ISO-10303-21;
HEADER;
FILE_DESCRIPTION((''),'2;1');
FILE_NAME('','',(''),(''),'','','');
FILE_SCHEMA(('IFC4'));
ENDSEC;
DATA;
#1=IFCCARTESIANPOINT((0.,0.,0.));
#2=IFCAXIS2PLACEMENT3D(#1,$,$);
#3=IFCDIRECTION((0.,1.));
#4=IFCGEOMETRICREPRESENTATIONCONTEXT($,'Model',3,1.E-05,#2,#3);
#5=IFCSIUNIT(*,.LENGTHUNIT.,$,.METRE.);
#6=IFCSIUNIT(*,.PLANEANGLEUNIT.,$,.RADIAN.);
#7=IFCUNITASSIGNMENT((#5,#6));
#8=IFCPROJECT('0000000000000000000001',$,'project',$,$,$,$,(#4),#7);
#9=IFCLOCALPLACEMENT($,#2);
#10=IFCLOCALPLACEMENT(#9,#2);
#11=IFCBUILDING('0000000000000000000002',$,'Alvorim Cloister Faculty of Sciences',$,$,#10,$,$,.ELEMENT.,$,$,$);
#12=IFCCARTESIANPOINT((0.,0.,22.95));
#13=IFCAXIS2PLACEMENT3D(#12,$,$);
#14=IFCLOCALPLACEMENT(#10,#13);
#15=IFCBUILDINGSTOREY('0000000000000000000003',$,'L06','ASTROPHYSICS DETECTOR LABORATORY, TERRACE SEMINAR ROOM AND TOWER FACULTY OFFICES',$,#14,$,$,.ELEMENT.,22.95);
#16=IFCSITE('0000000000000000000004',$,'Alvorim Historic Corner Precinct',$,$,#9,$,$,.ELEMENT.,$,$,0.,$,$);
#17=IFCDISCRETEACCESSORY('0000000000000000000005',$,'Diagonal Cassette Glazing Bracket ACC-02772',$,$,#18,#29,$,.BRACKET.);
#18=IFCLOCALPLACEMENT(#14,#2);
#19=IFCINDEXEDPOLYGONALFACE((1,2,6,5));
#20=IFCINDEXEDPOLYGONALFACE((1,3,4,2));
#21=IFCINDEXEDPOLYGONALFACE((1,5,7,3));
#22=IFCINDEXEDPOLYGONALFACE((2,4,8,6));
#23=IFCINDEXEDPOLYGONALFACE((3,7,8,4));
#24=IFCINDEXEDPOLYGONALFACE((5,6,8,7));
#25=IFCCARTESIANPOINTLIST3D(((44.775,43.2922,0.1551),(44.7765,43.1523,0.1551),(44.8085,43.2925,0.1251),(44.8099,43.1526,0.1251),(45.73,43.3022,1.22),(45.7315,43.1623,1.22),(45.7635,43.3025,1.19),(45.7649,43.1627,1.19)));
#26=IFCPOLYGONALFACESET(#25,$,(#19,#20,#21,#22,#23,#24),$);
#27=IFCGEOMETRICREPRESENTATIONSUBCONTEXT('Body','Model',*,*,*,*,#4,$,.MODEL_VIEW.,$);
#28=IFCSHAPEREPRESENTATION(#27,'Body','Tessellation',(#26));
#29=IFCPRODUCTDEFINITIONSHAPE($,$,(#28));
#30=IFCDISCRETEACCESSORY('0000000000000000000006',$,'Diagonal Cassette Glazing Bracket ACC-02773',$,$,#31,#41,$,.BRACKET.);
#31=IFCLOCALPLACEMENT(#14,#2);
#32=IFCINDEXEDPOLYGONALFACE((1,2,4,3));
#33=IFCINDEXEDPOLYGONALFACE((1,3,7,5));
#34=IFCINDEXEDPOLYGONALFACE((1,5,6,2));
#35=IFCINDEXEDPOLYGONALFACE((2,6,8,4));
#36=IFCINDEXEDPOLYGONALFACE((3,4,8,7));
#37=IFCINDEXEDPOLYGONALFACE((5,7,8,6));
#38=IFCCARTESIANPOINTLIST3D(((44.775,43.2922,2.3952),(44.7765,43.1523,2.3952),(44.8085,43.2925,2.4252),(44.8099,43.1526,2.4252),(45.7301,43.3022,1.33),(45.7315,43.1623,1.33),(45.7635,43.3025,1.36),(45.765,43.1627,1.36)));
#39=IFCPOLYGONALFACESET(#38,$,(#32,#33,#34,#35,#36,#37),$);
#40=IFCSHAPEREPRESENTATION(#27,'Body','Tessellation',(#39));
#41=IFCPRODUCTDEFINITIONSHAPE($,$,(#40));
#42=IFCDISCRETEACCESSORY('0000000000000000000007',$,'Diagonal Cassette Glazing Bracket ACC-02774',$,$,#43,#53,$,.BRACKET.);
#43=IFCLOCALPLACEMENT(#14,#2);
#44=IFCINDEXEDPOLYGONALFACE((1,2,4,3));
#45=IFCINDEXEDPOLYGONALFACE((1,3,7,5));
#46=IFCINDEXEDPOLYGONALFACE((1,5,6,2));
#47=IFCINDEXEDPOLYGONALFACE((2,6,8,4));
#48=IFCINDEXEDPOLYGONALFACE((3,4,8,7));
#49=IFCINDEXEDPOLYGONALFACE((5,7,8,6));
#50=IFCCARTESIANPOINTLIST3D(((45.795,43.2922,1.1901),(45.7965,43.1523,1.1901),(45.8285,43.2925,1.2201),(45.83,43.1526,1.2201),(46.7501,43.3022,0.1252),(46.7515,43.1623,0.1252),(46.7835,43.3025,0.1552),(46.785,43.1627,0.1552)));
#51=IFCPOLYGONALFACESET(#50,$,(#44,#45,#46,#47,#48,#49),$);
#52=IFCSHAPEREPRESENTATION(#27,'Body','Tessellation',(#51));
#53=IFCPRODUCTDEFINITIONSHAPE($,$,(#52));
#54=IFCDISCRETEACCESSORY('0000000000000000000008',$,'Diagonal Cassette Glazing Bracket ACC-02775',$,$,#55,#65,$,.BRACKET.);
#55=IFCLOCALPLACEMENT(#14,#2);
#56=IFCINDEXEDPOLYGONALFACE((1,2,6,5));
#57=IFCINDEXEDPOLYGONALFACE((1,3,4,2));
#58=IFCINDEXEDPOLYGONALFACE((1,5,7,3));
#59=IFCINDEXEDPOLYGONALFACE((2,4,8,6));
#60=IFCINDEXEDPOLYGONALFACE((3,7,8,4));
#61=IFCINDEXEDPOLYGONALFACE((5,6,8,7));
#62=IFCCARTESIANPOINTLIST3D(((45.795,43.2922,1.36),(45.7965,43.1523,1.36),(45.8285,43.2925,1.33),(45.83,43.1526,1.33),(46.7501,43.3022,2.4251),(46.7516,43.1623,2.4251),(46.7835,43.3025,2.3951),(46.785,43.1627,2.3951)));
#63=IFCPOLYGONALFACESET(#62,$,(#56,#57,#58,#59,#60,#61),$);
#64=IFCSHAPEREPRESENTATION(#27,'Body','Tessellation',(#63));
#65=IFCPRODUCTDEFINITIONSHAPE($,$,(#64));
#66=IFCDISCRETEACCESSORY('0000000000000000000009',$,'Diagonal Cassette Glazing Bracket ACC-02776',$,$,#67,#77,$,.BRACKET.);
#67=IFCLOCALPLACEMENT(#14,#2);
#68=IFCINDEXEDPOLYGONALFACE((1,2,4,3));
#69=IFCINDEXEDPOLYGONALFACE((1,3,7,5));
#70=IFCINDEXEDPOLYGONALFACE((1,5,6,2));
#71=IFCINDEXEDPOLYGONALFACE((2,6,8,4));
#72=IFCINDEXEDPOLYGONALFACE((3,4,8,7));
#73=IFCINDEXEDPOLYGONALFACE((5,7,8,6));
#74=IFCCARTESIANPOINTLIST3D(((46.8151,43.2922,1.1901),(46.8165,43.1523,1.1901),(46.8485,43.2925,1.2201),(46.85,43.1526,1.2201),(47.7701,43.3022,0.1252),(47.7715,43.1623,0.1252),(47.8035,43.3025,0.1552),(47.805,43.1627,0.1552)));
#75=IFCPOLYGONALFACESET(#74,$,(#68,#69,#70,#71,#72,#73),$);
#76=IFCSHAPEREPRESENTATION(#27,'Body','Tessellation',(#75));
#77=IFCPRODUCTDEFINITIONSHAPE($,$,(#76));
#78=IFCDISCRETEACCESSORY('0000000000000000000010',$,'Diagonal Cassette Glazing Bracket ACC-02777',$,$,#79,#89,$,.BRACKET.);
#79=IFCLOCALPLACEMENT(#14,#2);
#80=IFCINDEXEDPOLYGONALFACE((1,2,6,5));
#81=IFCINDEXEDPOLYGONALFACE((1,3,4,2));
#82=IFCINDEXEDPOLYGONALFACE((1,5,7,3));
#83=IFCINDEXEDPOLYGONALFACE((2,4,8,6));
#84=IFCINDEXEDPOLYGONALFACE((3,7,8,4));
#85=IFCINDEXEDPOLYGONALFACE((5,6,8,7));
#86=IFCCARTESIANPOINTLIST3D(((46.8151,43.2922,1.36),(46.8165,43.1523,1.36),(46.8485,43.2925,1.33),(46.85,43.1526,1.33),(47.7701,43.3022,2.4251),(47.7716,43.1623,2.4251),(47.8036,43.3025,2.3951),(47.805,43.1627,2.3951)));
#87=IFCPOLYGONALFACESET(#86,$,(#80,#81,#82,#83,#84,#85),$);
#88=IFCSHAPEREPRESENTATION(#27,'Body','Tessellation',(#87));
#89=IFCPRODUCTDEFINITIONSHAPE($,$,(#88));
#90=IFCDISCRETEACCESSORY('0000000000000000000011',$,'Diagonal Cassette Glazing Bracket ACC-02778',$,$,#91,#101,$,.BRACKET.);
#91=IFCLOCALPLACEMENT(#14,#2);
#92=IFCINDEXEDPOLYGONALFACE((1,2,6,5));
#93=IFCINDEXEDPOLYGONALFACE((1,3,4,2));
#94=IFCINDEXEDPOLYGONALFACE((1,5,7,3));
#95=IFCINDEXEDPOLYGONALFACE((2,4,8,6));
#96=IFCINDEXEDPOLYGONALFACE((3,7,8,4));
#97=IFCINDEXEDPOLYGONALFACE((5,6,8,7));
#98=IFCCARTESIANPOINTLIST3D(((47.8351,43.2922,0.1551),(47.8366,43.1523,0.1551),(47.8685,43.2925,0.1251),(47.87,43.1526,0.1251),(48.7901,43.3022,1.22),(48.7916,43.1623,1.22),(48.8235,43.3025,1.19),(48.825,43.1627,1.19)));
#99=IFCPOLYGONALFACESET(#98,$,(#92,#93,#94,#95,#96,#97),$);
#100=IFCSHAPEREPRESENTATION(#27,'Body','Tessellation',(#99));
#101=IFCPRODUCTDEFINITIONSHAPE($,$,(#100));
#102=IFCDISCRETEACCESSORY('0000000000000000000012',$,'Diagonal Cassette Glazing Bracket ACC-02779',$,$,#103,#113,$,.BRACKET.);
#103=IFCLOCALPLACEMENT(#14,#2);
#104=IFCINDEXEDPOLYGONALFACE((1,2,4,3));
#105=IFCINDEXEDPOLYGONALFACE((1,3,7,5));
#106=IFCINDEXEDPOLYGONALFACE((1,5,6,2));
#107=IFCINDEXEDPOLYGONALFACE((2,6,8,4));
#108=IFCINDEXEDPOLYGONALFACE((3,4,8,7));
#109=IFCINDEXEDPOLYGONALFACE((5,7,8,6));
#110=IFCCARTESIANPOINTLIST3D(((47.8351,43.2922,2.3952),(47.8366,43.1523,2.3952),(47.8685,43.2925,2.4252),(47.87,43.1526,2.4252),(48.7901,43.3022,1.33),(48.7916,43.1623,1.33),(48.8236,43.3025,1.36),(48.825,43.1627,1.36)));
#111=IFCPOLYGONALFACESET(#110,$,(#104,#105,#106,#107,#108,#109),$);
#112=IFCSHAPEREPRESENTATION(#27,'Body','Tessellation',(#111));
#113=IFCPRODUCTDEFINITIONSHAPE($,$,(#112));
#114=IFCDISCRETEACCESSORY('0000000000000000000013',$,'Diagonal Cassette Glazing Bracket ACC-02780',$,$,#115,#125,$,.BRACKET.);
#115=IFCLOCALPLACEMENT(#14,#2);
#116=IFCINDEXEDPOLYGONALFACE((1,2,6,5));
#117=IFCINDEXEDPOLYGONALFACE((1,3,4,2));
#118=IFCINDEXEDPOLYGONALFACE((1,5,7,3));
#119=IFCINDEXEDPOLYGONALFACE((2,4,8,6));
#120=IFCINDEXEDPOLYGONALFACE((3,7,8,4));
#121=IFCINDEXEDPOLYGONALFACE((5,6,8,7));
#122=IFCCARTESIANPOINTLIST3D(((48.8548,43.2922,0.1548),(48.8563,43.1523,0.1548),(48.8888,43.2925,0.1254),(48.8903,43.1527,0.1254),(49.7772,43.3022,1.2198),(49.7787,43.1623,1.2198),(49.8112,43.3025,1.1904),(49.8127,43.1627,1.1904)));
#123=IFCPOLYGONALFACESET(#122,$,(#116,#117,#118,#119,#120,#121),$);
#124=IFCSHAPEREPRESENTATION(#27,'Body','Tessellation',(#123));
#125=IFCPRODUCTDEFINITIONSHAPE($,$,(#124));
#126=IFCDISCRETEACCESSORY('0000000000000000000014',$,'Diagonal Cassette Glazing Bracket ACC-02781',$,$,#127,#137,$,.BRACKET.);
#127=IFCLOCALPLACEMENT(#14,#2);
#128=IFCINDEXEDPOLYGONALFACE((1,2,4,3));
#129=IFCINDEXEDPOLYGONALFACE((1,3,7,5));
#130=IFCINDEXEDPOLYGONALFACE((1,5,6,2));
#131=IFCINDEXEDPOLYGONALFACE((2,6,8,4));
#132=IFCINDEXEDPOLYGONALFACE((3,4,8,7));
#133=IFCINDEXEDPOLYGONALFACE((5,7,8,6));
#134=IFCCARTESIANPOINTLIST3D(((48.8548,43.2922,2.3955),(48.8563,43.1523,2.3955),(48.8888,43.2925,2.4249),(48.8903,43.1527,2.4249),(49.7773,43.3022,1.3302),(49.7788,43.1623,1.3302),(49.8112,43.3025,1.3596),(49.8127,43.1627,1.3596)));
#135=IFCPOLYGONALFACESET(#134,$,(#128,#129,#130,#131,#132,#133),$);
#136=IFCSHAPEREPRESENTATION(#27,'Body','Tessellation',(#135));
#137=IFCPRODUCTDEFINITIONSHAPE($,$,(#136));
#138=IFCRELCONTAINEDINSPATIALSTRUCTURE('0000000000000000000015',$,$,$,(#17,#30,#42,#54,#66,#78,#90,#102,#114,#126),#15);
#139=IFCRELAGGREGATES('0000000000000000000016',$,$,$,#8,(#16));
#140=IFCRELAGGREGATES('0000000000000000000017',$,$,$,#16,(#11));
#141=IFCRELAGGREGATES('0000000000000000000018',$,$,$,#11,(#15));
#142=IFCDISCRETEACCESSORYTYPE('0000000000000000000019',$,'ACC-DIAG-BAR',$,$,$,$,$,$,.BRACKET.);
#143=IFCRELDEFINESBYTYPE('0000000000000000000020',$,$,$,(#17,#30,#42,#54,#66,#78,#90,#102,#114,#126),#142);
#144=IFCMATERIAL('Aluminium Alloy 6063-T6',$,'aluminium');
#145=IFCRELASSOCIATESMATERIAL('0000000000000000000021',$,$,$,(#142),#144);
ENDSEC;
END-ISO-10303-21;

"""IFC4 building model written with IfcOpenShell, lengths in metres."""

from ifc_helpers import new_model, si_unit, direction, frame, origin, origin_2d, place, context, subcontext, project, spatial, rectangle, extrude, material, type_object, element, save


model = new_model("IFC4")

# Units and contexts
model_context = context("Model", 3, precision=1e-05, world=origin(), true_north=direction((0.0, 1.0)))
body_context = subcontext(model_context, "Body", "Model", "MODEL_VIEW")
ifc_project = project(units=[si_unit("LENGTHUNIT", "METRE"), si_unit("PLANEANGLEUNIT", "RADIAN")], contexts=[model_context])

# Site, building, storey
site_placement = place(None, origin())
site = spatial("IfcSite", under=ifc_project, at=site_placement, Name="Alvorim Historic Corner Precinct", CompositionType="ELEMENT", RefElevation=0.0)
building_placement = place(site_placement, origin())
building = spatial("IfcBuilding", under=site, at=building_placement, Name="Alvorim Cloister Faculty of Sciences", CompositionType="ELEMENT")
storey_placement = place(building_placement, frame((0.0, 0.0, 22.95)))
storey = spatial("IfcBuildingStorey", under=building, at=storey_placement, Name="L06", Description="ASTROPHYSICS DETECTOR LABORATORY, TERRACE SEMINAR ROOM AND TOWER FACULTY OFFICES", CompositionType="ELEMENT", Elevation=22.95)

# Shared definitions
ifc_material_1 = material(Name="Aluminium Alloy 6063-T6", Category="aluminium")

# Discrete accessories
discrete_accessory_type = type_object("IfcDiscreteAccessoryType", Name="ACC-DIAG-BAR", PredefinedType="BRACKET", material=ifc_material_1)
discrete_accessory_1_placement = place(storey_placement, frame((44.7925, 43.2224, 0.1401), z_axis=(0.667646, 0.006997, 0.744446), x_axis=(-0.01048, 0.999945, 0.0)))
element("IfcDiscreteAccessory", 1, at=discrete_accessory_1_placement, inside=storey, type_object=discrete_accessory_type, Name="Diagonal Cassette Glazing Bracket ACC-02772", PredefinedType="BRACKET", context=body_context, shape_type="SweptSolid", body=[
    extrude(rectangle(XDim=0.1399, YDim=0.0449, at=origin_2d()), origin(), (0.0, 0.0, 1.0), 1.4304),
])
discrete_accessory_2_placement = place(storey_placement, frame((44.7925, 43.2224, 2.4102), z_axis=(0.667561, 0.006996, -0.744522), x_axis=(-0.01048, 0.999945, 0.0)))
element("IfcDiscreteAccessory", 2, at=discrete_accessory_2_placement, inside=storey, type_object=discrete_accessory_type, Name="Diagonal Cassette Glazing Bracket ACC-02773", PredefinedType="BRACKET", context=body_context, shape_type="SweptSolid", body=[
    extrude(rectangle(XDim=0.1399, YDim=0.0449, at=origin_2d()), origin(), (0.0, 0.0, 1.0), 1.4307),
])
discrete_accessory_3_placement = place(storey_placement, frame((45.8125, 43.2224, 1.2051), z_axis=(0.667646, 0.006997, -0.744446), x_axis=(-0.01048, 0.999945, 0.0)))
element("IfcDiscreteAccessory", 3, at=discrete_accessory_3_placement, inside=storey, type_object=discrete_accessory_type, Name="Diagonal Cassette Glazing Bracket ACC-02774", PredefinedType="BRACKET", context=body_context, shape_type="SweptSolid", body=[
    extrude(rectangle(XDim=0.1399, YDim=0.0449, at=origin_2d()), origin(), (0.0, 0.0, 1.0), 1.4304),
])
discrete_accessory_4_placement = place(storey_placement, frame((45.8125, 43.2224, 1.345), z_axis=(0.667561, 0.006996, 0.744522), x_axis=(-0.01048, 0.999945, 0.0)))
element("IfcDiscreteAccessory", 4, at=discrete_accessory_4_placement, inside=storey, type_object=discrete_accessory_type, Name="Diagonal Cassette Glazing Bracket ACC-02775", PredefinedType="BRACKET", context=body_context, shape_type="SweptSolid", body=[
    extrude(rectangle(XDim=0.1399, YDim=0.0449, at=origin_2d()), origin(), (0.0, 0.0, 1.0), 1.4307),
])
discrete_accessory_5_placement = place(storey_placement, frame((46.8325, 43.2224, 1.2051), z_axis=(0.667646, 0.006997, -0.744446), x_axis=(-0.01048, 0.999945, 0.0)))
element("IfcDiscreteAccessory", 5, at=discrete_accessory_5_placement, inside=storey, type_object=discrete_accessory_type, Name="Diagonal Cassette Glazing Bracket ACC-02776", PredefinedType="BRACKET", context=body_context, shape_type="SweptSolid", body=[
    extrude(rectangle(XDim=0.1399, YDim=0.0449, at=origin_2d()), origin(), (0.0, 0.0, 1.0), 1.4304),
])
discrete_accessory_6_placement = place(storey_placement, frame((46.8325, 43.2224, 1.345), z_axis=(0.667561, 0.006996, 0.744522), x_axis=(-0.01048, 0.999945, 0.0)))
element("IfcDiscreteAccessory", 6, at=discrete_accessory_6_placement, inside=storey, type_object=discrete_accessory_type, Name="Diagonal Cassette Glazing Bracket ACC-02777", PredefinedType="BRACKET", context=body_context, shape_type="SweptSolid", body=[
    extrude(rectangle(XDim=0.1399, YDim=0.0449, at=origin_2d()), origin(), (0.0, 0.0, 1.0), 1.4307),
])
discrete_accessory_7_placement = place(storey_placement, frame((47.8525, 43.2224, 0.1401), z_axis=(0.667646, 0.006997, 0.744446), x_axis=(-0.01048, 0.999945, 0.0)))
element("IfcDiscreteAccessory", 7, at=discrete_accessory_7_placement, inside=storey, type_object=discrete_accessory_type, Name="Diagonal Cassette Glazing Bracket ACC-02778", PredefinedType="BRACKET", context=body_context, shape_type="SweptSolid", body=[
    extrude(rectangle(XDim=0.1399, YDim=0.0449, at=origin_2d()), origin(), (0.0, 0.0, 1.0), 1.4304),
])
discrete_accessory_8_placement = place(storey_placement, frame((47.8525, 43.2224, 2.4102), z_axis=(0.667561, 0.006996, -0.744522), x_axis=(-0.01048, 0.999945, 0.0)))
element("IfcDiscreteAccessory", 8, at=discrete_accessory_8_placement, inside=storey, type_object=discrete_accessory_type, Name="Diagonal Cassette Glazing Bracket ACC-02779", PredefinedType="BRACKET", context=body_context, shape_type="SweptSolid", body=[
    extrude(rectangle(XDim=0.1399, YDim=0.0449, at=origin_2d()), origin(), (0.0, 0.0, 1.0), 1.4307),
])
discrete_accessory_9_placement = place(storey_placement, frame((48.8726, 43.2224, 0.1401), z_axis=(0.654676, 0.007105, 0.755876), x_axis=(-0.010852, 0.999941, 0.0)))
element("IfcDiscreteAccessory", 9, at=discrete_accessory_9_placement, inside=storey, type_object=discrete_accessory_type, Name="Diagonal Cassette Glazing Bracket ACC-02780", PredefinedType="BRACKET", context=body_context, shape_type="SweptSolid", body=[
    extrude(rectangle(XDim=0.1399, YDim=0.0449, at=origin_2d()), origin(), (0.0, 0.0, 1.0), 1.4089),
])
discrete_accessory_10_placement = place(storey_placement, frame((48.8726, 43.2224, 2.4102), z_axis=(0.654591, 0.007104, -0.75595), x_axis=(-0.010852, 0.999941, 0.0)))
element("IfcDiscreteAccessory", 10, at=discrete_accessory_10_placement, inside=storey, type_object=discrete_accessory_type, Name="Diagonal Cassette Glazing Bracket ACC-02781", PredefinedType="BRACKET", context=body_context, shape_type="SweptSolid", body=[
    extrude(rectangle(XDim=0.1399, YDim=0.0449, at=origin_2d()), origin(), (0.0, 0.0, 1.0), 1.4092),
])

save(model, "model.ifc")
